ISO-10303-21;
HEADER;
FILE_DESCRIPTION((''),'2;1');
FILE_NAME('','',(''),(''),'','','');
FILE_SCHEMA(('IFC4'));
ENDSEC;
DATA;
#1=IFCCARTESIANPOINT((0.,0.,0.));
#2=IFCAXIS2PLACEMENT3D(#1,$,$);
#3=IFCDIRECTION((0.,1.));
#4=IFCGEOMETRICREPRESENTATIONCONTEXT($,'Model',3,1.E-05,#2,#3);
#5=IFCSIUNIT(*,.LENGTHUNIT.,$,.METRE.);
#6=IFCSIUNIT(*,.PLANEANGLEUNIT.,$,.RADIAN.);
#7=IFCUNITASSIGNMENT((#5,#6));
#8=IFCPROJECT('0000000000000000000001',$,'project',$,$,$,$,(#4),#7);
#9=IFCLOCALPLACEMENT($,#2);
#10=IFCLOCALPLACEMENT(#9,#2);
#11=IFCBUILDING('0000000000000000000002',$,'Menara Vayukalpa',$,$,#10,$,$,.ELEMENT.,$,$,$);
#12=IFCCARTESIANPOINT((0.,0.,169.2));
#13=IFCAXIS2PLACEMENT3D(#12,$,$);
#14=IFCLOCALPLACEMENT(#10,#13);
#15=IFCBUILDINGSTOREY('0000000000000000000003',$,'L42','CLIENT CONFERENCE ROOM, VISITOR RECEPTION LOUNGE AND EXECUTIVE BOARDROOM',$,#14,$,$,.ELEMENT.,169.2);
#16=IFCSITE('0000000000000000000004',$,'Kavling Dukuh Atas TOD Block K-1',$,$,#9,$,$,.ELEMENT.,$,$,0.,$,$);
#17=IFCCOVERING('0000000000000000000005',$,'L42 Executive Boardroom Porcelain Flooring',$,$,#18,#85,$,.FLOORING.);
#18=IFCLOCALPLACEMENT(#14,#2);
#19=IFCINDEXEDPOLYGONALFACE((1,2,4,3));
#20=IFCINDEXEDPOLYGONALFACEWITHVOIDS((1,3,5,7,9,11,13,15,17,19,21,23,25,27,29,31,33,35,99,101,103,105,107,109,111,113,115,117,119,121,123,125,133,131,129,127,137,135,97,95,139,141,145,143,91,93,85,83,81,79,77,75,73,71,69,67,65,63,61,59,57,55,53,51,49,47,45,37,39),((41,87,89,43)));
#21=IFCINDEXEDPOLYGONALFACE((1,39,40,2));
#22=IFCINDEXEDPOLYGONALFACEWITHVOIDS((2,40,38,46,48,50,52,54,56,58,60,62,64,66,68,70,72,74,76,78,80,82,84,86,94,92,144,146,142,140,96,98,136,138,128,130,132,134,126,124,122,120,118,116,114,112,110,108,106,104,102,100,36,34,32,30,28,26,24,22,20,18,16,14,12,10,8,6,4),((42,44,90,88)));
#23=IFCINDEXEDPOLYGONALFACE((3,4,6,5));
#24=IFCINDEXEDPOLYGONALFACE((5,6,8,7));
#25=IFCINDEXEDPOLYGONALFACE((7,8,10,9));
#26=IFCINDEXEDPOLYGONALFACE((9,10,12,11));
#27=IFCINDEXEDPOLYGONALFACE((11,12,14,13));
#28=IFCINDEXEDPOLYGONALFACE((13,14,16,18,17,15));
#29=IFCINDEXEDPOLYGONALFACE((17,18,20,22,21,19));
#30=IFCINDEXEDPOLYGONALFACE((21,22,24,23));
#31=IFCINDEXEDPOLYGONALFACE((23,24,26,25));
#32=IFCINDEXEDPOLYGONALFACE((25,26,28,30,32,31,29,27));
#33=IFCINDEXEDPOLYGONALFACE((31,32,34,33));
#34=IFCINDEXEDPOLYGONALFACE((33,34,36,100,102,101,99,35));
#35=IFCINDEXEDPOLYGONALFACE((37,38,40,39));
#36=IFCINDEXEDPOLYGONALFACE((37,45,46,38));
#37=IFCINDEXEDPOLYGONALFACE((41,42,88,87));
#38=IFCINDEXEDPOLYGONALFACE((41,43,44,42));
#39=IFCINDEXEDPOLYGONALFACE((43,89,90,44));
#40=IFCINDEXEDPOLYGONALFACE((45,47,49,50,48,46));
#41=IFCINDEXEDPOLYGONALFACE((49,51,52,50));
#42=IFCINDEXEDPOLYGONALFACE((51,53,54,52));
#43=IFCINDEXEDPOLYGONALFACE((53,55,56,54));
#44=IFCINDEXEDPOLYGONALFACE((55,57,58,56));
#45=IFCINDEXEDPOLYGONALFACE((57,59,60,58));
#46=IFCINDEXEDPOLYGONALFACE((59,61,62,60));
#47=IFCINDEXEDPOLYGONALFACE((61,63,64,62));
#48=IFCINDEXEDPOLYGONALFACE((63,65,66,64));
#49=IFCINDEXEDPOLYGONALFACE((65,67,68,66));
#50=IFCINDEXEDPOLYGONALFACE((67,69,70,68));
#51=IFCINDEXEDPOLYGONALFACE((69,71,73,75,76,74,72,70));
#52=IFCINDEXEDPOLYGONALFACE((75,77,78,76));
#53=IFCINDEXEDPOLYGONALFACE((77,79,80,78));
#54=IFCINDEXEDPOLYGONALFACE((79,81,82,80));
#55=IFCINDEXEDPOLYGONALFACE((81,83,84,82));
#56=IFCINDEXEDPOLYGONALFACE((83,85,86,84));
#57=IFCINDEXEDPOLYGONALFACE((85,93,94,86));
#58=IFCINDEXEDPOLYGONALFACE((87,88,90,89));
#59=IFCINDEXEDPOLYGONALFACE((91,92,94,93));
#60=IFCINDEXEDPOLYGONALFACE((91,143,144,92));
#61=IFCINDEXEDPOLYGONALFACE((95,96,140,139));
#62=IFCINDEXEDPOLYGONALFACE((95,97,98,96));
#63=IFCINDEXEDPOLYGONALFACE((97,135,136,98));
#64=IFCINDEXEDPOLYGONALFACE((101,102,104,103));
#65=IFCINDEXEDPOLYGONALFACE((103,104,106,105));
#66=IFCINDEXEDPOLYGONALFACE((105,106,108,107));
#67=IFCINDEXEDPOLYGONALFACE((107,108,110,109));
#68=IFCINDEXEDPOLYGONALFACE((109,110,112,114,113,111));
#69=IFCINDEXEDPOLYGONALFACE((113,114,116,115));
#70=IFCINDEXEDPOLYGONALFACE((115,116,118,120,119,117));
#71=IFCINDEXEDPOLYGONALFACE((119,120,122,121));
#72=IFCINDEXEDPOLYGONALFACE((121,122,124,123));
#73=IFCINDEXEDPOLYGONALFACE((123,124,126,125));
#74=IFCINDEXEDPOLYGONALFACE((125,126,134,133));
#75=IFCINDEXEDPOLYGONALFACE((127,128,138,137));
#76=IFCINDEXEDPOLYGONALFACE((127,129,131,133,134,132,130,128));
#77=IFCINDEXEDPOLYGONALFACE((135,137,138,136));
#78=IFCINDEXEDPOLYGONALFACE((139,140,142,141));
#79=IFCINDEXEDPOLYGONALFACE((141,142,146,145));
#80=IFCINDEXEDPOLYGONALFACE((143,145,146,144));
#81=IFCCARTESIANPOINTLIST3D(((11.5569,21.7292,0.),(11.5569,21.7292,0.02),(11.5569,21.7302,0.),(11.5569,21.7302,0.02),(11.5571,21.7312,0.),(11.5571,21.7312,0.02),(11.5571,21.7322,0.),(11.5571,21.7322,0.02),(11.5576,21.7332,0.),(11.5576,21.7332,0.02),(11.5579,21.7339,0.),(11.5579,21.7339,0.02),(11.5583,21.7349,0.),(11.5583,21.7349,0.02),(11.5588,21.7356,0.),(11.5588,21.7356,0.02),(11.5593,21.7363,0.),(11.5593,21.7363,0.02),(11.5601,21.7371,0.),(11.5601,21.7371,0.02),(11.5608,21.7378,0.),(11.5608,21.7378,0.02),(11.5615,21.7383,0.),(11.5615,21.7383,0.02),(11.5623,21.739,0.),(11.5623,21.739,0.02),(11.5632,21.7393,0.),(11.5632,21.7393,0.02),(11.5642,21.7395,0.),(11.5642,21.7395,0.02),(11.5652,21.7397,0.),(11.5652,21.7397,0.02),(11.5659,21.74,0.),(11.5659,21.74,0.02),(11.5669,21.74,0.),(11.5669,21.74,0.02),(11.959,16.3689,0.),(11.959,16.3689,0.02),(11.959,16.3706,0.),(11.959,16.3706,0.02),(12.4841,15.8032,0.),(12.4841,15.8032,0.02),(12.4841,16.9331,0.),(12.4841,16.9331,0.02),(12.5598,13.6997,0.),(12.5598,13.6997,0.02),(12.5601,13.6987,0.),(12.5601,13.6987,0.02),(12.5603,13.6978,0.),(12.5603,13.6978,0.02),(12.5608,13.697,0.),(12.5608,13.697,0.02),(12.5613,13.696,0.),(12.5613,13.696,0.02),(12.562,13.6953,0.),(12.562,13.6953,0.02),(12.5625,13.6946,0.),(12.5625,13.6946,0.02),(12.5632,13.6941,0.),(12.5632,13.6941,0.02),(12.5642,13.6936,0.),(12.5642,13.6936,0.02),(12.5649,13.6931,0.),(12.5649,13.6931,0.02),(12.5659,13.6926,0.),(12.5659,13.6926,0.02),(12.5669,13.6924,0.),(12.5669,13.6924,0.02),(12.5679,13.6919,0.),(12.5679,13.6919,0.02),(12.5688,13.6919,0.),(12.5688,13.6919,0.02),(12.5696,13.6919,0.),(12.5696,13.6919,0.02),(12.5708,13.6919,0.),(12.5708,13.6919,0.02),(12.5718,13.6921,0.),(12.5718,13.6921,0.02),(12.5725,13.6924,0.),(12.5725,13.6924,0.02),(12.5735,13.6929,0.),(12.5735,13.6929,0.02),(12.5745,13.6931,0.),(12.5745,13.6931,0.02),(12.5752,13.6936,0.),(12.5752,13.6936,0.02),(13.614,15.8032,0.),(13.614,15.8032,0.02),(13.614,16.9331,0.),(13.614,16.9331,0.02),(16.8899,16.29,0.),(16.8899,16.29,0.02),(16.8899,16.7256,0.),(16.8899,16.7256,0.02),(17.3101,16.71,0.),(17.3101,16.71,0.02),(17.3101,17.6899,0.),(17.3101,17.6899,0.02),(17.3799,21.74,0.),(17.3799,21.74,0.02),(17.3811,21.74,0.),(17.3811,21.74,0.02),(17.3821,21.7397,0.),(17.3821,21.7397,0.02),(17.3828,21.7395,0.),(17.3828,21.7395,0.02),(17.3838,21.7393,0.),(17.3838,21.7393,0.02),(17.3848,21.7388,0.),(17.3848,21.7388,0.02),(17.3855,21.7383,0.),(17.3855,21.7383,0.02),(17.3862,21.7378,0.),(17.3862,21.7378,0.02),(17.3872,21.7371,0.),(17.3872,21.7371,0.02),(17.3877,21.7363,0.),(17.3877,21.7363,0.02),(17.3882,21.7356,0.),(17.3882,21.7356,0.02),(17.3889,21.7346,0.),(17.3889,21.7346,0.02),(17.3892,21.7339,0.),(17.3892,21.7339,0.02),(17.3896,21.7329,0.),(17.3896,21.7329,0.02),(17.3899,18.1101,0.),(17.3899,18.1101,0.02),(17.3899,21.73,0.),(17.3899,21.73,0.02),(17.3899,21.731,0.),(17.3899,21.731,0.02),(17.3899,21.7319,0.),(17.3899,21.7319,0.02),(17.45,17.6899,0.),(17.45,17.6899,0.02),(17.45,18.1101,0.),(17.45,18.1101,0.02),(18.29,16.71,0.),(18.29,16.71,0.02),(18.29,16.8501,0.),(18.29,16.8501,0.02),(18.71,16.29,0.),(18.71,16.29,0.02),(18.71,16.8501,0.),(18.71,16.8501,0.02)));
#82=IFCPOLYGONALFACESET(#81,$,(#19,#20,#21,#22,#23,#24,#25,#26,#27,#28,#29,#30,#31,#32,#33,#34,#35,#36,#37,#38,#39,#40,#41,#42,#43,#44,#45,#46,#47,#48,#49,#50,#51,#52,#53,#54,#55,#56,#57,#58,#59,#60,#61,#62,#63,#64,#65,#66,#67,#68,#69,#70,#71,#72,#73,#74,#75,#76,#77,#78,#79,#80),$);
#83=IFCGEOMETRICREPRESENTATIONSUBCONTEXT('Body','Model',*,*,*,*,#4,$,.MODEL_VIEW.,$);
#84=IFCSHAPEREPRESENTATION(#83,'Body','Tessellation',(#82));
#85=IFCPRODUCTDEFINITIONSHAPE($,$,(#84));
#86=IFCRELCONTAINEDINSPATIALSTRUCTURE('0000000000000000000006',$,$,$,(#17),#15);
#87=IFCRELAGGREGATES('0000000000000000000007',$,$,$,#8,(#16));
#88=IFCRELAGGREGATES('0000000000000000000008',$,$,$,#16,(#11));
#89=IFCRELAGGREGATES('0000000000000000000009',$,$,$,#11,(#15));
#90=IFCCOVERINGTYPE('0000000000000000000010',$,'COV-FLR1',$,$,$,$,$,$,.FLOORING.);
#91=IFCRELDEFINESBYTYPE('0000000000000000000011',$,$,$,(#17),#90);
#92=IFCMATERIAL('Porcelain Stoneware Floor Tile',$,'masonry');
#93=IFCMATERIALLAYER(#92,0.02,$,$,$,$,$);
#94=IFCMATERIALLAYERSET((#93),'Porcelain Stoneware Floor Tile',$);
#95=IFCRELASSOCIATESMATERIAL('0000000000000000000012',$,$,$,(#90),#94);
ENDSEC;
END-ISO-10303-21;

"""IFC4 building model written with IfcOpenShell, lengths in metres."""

from ifc_helpers import new_model, si_unit, direction, frame, origin, place, context, subcontext, project, spatial, polyline, outline, extrude, material, layer, layer_set, type_object, element, save


model = new_model("IFC4")

# Units and contexts
model_context = context("Model", 3, precision=1e-05, world=origin(), true_north=direction((0.0, 1.0)))
body_context = subcontext(model_context, "Body", "Model", "MODEL_VIEW")
ifc_project = project(units=[si_unit("LENGTHUNIT", "METRE"), si_unit("PLANEANGLEUNIT", "RADIAN")], contexts=[model_context])

# Site, building, storey
site_placement = place(None, origin())
site = spatial("IfcSite", under=ifc_project, at=site_placement, Name="Kavling Dukuh Atas TOD Block K-1", CompositionType="ELEMENT", RefElevation=0.0)
building_placement = place(site_placement, origin())
building = spatial("IfcBuilding", under=site, at=building_placement, Name="Menara Vayukalpa", CompositionType="ELEMENT")
storey_placement = place(building_placement, frame((0.0, 0.0, 169.2)))
storey = spatial("IfcBuildingStorey", under=building, at=storey_placement, Name="L42", Description="CLIENT CONFERENCE ROOM, VISITOR RECEPTION LOUNGE AND EXECUTIVE BOARDROOM", CompositionType="ELEMENT", Elevation=169.2)

# Covering
ifc_material_1 = material(Name="Porcelain Stoneware Floor Tile", Category="masonry")
ifc_layer_1 = layer(ifc_material_1, 0.02)
ifc_layer_set_1 = layer_set([ifc_layer_1], Name="Porcelain Stoneware Floor Tile")
covering_type_1 = type_object("IfcCoveringType", Name="COV-FLR1", PredefinedType="FLOORING", material=ifc_layer_set_1)
covering_1_placement = place(storey_placement, origin())
element("IfcCovering", 1, at=covering_1_placement, inside=storey, type_object=covering_type_1, Name="L42 Executive Boardroom Porcelain Flooring", PredefinedType="FLOORING", context=body_context, shape_type="SweptSolid", body=[
    extrude(outline(polyline([(12.5745, 13.6931), (12.5735, 13.6929), (12.5725, 13.6924), (12.5718, 13.6921), (12.5708, 13.6919), (12.5696, 13.6919), (12.5688, 13.6919), (12.5679, 13.6919), (12.5669, 13.6924), (12.5659, 13.6926), (12.5649, 13.6931), (12.5642, 13.6936), (12.5632, 13.6941), (12.5625, 13.6946), (12.562, 13.6953), (12.5613, 13.696), (12.5608, 13.697), (12.5603, 13.6978), (12.5601, 13.6987), (12.5598, 13.6997), (11.959, 16.3689), (11.959, 16.3706), (11.5569, 21.7292), (11.5569, 21.7302), (11.5571, 21.7312), (11.5571, 21.7322), (11.5576, 21.7332), (11.5579, 21.7339), (11.5583, 21.7349), (11.5588, 21.7356), (11.5593, 21.7363), (11.5601, 21.7371), (11.5608, 21.7378), (11.5615, 21.7383), (11.5623, 21.739), (11.5632, 21.7393), (11.5642, 21.7395), (11.5652, 21.7397), (11.5659, 21.74), (11.5669, 21.74), (17.3799, 21.74), (17.3811, 21.74), (17.3821, 21.7397), (17.3828, 21.7395), (17.3838, 21.7393), (17.3848, 21.7388), (17.3855, 21.7383), (17.3862, 21.7378), (17.3872, 21.7371), (17.3877, 21.7363), (17.3882, 21.7356), (17.3889, 21.7346), (17.3892, 21.7339), (17.3896, 21.7329), (17.3899, 21.7319), (17.3899, 21.731), (17.3899, 21.73), (17.3899, 18.1101), (17.45, 18.1101), (17.45, 17.6899), (17.3101, 17.6899), (17.3101, 16.71), (18.29, 16.71), (18.29, 16.8501), (18.71, 16.8501), (18.71, 16.29), (16.8899, 16.29), (16.8899, 16.7256), (12.5752, 13.6936), (12.5745, 13.6931)]), holes=[polyline([(13.614, 16.9331), (12.4841, 16.9331), (12.4841, 15.8032), (13.614, 15.8032), (13.614, 16.9331)])]), origin(), (0.0, 0.0, 1.0), 0.02),
])

save(model, "model.ifc")
